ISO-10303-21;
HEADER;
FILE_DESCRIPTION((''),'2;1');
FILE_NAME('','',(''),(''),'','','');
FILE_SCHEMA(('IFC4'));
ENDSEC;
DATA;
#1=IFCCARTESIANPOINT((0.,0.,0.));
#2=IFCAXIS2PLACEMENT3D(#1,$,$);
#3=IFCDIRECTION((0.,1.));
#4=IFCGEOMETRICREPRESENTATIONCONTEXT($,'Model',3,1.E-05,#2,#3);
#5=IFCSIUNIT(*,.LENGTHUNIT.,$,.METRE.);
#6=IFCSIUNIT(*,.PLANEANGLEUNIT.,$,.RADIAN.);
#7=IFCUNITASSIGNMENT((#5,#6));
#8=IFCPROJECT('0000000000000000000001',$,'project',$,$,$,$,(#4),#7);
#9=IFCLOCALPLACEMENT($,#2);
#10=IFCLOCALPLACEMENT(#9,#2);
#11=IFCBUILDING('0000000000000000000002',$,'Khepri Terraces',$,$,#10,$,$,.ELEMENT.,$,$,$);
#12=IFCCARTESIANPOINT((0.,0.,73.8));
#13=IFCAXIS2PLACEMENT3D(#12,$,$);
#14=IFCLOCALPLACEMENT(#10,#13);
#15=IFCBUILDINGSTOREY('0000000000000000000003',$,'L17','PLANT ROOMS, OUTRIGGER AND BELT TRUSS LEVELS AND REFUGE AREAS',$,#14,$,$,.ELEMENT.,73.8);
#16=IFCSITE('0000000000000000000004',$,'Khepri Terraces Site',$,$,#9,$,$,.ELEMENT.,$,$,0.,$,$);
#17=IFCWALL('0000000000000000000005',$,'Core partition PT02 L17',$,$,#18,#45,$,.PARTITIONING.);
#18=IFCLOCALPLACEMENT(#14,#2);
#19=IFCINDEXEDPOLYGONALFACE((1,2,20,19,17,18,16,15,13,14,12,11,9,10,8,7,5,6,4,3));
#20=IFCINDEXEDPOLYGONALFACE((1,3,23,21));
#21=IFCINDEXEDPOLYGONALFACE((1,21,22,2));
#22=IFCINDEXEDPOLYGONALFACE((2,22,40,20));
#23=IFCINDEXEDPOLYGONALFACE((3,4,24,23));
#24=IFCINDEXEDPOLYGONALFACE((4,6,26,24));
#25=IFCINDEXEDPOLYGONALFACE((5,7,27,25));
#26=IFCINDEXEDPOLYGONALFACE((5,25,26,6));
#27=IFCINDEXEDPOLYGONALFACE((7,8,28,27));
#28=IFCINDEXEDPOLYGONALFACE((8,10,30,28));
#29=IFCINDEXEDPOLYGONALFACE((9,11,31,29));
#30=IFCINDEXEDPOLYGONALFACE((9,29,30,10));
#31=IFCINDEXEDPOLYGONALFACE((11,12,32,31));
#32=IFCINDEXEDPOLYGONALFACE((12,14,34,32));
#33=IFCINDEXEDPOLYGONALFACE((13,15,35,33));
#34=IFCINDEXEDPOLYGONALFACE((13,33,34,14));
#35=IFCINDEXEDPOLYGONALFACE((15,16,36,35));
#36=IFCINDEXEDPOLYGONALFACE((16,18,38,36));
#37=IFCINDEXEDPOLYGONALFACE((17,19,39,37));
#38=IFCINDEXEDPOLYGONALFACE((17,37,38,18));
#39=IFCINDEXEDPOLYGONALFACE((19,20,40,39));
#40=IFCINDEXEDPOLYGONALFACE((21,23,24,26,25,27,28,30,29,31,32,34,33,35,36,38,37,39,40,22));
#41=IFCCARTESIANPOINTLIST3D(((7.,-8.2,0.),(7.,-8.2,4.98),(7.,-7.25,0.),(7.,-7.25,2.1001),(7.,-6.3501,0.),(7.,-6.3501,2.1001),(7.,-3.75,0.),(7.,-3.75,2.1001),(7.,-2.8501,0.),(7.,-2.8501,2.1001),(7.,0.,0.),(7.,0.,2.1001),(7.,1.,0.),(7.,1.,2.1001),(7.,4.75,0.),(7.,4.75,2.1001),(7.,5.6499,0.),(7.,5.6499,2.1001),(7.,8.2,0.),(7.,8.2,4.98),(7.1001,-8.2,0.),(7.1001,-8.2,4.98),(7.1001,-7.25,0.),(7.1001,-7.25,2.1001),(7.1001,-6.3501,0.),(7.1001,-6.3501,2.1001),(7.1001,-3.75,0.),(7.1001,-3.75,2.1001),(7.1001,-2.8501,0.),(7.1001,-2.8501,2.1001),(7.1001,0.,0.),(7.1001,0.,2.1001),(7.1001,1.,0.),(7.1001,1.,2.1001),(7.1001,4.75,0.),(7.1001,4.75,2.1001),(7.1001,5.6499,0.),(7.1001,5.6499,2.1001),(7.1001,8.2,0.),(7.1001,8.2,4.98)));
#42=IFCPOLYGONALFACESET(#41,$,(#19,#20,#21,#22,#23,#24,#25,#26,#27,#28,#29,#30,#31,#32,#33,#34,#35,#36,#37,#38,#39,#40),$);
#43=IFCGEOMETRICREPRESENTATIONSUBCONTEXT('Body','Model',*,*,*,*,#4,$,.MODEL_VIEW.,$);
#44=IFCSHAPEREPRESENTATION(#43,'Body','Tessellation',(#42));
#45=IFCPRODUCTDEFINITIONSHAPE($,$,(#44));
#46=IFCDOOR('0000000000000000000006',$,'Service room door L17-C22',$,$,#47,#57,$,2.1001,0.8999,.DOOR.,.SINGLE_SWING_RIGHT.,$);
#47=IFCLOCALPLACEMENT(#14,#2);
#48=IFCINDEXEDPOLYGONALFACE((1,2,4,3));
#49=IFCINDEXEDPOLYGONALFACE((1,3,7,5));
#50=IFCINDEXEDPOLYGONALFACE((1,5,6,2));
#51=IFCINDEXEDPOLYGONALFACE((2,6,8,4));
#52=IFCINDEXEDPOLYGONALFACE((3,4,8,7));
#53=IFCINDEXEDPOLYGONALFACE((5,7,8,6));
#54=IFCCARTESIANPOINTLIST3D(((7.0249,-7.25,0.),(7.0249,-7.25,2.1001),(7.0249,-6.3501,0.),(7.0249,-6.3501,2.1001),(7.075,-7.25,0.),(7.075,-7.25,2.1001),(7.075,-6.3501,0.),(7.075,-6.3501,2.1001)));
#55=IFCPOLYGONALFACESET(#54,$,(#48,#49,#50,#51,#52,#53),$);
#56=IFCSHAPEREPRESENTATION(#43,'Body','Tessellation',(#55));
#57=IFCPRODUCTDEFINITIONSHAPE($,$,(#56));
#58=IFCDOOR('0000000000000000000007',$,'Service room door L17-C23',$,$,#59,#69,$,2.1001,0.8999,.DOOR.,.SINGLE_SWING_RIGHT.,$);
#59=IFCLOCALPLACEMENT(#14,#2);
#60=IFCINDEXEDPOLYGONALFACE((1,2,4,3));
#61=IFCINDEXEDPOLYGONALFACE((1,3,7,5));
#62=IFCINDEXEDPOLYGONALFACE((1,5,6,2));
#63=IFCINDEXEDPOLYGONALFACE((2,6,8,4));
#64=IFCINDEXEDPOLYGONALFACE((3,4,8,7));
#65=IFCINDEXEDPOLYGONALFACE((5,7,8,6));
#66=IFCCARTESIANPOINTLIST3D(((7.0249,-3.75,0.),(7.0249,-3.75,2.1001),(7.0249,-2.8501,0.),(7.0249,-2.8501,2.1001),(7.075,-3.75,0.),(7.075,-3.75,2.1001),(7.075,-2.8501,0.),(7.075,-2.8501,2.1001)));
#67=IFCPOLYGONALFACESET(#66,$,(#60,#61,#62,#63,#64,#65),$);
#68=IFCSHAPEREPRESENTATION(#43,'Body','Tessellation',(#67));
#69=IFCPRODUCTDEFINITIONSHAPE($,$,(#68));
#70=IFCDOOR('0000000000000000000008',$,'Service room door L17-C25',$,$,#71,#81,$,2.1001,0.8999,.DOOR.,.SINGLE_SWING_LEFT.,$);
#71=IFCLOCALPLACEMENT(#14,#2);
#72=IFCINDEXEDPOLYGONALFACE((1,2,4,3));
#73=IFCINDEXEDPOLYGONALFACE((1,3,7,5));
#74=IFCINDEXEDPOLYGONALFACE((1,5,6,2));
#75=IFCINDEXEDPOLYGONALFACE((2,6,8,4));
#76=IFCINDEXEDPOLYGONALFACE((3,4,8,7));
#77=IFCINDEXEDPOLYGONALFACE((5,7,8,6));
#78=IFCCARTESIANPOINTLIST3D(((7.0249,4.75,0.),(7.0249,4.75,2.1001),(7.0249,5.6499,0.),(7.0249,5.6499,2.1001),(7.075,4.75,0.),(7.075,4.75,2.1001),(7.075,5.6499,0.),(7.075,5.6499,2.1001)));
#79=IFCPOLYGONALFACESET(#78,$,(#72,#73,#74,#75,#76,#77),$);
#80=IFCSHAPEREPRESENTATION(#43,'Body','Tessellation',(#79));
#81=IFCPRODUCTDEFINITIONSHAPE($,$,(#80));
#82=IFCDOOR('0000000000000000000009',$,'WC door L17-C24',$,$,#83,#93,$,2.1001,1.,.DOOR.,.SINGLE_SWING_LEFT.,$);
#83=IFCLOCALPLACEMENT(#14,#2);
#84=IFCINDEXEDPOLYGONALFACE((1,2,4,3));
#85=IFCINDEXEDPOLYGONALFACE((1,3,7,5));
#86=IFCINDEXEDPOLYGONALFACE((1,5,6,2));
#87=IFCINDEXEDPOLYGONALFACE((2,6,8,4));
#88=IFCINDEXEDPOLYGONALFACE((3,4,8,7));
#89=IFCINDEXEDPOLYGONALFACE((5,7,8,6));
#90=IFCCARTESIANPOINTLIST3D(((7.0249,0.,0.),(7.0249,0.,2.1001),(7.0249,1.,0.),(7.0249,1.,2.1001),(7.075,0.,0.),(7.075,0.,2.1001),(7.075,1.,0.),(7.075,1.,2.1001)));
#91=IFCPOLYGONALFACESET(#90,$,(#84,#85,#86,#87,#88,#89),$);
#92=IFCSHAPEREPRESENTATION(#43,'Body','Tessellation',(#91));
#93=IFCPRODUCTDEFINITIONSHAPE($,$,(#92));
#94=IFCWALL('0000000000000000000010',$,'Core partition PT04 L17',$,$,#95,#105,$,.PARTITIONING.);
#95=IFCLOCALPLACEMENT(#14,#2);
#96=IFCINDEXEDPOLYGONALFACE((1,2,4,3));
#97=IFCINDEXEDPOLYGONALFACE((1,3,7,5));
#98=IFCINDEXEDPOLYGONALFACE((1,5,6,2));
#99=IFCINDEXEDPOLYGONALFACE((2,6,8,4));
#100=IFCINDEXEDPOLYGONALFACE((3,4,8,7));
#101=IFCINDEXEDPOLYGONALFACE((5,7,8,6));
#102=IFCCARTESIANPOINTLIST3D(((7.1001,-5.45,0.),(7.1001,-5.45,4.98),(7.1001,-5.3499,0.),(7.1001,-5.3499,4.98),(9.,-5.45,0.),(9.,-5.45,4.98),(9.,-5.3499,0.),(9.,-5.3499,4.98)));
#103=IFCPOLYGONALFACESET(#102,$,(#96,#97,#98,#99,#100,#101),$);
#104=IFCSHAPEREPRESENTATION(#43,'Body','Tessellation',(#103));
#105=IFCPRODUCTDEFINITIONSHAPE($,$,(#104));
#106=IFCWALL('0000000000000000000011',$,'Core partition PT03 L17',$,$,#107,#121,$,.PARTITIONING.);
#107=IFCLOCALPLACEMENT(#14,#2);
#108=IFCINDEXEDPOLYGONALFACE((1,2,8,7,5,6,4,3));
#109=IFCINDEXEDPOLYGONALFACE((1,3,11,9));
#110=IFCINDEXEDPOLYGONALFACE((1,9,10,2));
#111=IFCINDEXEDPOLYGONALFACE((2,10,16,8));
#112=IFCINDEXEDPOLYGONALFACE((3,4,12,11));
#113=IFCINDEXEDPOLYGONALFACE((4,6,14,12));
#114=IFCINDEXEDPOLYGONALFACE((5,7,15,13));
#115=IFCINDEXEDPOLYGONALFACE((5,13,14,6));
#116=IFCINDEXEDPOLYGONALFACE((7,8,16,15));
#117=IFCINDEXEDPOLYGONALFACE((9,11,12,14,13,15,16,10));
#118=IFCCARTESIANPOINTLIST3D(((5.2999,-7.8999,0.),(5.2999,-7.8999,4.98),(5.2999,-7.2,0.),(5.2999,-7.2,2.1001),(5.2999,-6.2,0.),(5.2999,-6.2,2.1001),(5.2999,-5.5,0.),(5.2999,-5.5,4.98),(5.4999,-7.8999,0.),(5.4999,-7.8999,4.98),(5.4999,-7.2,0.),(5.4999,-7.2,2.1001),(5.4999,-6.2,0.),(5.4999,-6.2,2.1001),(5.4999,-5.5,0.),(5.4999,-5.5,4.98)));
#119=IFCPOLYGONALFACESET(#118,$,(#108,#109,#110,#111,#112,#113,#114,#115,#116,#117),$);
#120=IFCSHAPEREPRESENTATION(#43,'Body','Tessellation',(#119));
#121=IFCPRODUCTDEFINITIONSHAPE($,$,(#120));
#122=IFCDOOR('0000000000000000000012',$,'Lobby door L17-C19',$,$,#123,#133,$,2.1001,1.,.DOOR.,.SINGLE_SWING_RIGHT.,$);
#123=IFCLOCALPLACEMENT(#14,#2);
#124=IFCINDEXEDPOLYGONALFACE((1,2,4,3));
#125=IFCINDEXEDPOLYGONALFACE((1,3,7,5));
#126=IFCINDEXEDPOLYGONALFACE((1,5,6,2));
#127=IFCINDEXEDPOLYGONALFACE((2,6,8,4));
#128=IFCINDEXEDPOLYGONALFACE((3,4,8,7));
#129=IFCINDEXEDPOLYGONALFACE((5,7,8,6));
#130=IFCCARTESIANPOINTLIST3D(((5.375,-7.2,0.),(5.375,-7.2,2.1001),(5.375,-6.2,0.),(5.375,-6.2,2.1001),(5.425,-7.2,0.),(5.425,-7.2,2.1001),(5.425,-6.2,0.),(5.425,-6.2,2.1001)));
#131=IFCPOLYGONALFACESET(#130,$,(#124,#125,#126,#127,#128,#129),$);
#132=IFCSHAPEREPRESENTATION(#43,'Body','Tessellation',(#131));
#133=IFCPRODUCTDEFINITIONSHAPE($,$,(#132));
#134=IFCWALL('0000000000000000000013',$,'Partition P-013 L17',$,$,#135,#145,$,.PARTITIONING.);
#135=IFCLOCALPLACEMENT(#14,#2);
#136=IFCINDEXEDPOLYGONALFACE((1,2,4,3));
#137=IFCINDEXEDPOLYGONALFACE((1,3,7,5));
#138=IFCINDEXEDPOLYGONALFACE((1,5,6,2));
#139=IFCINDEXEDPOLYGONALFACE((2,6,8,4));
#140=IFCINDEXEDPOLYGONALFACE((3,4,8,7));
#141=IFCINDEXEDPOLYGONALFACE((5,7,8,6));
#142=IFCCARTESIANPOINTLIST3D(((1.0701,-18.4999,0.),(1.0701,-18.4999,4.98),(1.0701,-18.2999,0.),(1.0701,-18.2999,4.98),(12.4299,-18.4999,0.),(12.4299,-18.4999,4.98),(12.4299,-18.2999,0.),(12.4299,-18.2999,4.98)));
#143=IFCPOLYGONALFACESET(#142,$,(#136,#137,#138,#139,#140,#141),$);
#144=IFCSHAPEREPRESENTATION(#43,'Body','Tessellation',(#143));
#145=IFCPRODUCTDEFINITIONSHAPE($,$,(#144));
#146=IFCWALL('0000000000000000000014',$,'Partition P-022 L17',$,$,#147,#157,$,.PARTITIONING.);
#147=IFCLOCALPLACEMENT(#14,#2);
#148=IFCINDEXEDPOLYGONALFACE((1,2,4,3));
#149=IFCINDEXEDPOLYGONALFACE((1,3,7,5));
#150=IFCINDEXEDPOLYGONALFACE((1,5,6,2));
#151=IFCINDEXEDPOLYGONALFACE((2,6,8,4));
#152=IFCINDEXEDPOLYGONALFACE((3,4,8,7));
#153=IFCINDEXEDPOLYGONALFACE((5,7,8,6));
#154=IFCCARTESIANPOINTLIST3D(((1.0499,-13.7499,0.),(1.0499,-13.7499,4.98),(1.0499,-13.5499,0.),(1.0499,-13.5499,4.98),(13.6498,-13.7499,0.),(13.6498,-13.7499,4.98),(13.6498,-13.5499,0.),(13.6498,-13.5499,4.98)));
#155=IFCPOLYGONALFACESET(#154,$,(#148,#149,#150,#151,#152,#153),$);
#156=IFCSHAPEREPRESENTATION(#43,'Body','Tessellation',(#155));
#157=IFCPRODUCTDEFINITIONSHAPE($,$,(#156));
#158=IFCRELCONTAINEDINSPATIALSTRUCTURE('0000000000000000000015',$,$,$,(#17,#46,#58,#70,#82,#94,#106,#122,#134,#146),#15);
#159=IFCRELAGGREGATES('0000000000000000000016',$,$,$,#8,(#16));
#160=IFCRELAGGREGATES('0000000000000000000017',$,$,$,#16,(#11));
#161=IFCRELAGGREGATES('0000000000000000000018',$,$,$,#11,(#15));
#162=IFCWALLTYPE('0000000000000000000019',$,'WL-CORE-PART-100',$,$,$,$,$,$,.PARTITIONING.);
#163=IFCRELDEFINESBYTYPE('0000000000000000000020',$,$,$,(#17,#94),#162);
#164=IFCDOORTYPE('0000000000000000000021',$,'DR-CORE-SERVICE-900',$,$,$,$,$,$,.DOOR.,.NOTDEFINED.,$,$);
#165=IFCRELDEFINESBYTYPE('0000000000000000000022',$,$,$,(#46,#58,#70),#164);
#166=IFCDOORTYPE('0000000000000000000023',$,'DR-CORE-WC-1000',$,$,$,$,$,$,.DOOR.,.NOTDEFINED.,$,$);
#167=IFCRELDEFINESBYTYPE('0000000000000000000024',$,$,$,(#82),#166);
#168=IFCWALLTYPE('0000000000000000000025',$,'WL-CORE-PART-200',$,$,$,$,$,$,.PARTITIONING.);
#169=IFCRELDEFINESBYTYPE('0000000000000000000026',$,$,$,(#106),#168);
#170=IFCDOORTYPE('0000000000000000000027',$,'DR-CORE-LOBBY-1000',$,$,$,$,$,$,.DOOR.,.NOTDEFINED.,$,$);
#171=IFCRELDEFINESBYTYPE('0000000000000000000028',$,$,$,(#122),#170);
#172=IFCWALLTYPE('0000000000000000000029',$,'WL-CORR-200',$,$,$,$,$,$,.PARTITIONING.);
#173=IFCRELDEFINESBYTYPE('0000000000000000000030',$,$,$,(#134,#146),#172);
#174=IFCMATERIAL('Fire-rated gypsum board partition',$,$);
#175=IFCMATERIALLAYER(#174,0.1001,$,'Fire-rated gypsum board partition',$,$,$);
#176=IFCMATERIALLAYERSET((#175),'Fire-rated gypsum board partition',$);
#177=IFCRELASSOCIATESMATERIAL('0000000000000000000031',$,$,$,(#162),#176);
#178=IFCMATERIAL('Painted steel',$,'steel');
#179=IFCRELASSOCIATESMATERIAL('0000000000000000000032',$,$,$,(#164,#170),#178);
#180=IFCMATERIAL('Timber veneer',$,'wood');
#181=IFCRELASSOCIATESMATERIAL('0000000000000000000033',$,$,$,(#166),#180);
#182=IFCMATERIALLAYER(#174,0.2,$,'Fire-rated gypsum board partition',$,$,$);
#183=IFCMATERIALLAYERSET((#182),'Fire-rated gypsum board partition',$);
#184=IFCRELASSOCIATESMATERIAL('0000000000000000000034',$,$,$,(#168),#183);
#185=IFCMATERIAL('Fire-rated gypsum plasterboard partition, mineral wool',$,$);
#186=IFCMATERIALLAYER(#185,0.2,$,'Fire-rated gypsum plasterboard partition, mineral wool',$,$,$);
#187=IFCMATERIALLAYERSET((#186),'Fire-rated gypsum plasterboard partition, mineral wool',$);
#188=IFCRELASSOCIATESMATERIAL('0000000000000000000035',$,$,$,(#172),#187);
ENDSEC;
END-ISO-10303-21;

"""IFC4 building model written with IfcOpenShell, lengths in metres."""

from ifc_helpers import new_model, si_unit, direction, frame, frame_2d, origin, place, context, subcontext, project, spatial, rectangle, extrude, material, layer, layer_set, type_object, element, fill, save


model = new_model("IFC4")

# Units and contexts
model_context = context("Model", 3, precision=1e-05, world=origin(), true_north=direction((0.0, 1.0)))
body_context = subcontext(model_context, "Body", "Model", "MODEL_VIEW")
ifc_project = project(units=[si_unit("LENGTHUNIT", "METRE"), si_unit("PLANEANGLEUNIT", "RADIAN")], contexts=[model_context])

# Site, building, storey
site_placement = place(None, origin())
site = spatial("IfcSite", under=ifc_project, at=site_placement, Name="Khepri Terraces Site", CompositionType="ELEMENT", RefElevation=0.0)
building_placement = place(site_placement, origin())
building = spatial("IfcBuilding", under=site, at=building_placement, Name="Khepri Terraces", CompositionType="ELEMENT")
storey_placement = place(building_placement, frame((0.0, 0.0, 73.8)))
storey = spatial("IfcBuildingStorey", under=building, at=storey_placement, Name="L17", Description="PLANT ROOMS, OUTRIGGER AND BELT TRUSS LEVELS AND REFUGE AREAS", CompositionType="ELEMENT", Elevation=73.8)

# Shared definitions
ifc_material_1 = material(Name="Painted steel", Category="steel")

# Wall, openings, doors
ifc_material_2 = material(Name="Fire-rated gypsum board partition")
ifc_layer_1 = layer(ifc_material_2, 0.1001, Name="Fire-rated gypsum board partition")
ifc_layer_set_1 = layer_set([ifc_layer_1], Name="Fire-rated gypsum board partition")
wall_type_1 = type_object("IfcWallType", Name="WL-CORE-PART-100", PredefinedType="PARTITIONING", material=ifc_layer_set_1)
wall_1_placement = place(storey_placement, frame((7.05, -8.2, 0.0), z_axis=(0.0, 0.0, 1.0), x_axis=(0.0, 1.0, 0.0)))
wall_1 = element("IfcWall", 1, at=wall_1_placement, inside=storey, type_object=wall_type_1, Name="Core partition PT02 L17", PredefinedType="PARTITIONING", context=body_context, shape_type="SweptSolid", body=[
    extrude(rectangle(XDim=16.3999, YDim=0.1001, at=frame_2d((8.2, 0.0))), origin(), (0.0, 0.0, 1.0), 4.98),
])
opening_1_placement = place(wall_1_placement, frame((0.95, 0.0, 0.0)))
opening_1 = element("IfcOpeningElement", 2, at=opening_1_placement, cuts=wall_1, PredefinedType="OPENING", context=body_context, shape_type="SweptSolid", body=[
    extrude(rectangle(XDim=0.8999, YDim=2.1001, at=frame_2d((0.45, 1.05))), frame((0.0, 0.0601, 0.0), z_axis=(0.0, -1.0, 0.0), x_axis=(1.0, 0.0, 0.0)), (0.0, 0.0, 1.0), 0.1201),
])
opening_2_placement = place(wall_1_placement, frame((4.45, 0.0, 0.0)))
opening_2 = element("IfcOpeningElement", 3, at=opening_2_placement, cuts=wall_1, PredefinedType="OPENING", context=body_context, shape_type="SweptSolid", body=[
    extrude(rectangle(XDim=0.8999, YDim=2.1001, at=frame_2d((0.45, 1.05))), frame((0.0, 0.0601, 0.0), z_axis=(0.0, -1.0, 0.0), x_axis=(1.0, 0.0, 0.0)), (0.0, 0.0, 1.0), 0.1201),
])
opening_3_placement = place(wall_1_placement, frame((8.2, 0.0, 0.0)))
opening_3 = element("IfcOpeningElement", 4, at=opening_3_placement, cuts=wall_1, PredefinedType="OPENING", context=body_context, shape_type="SweptSolid", body=[
    extrude(rectangle(XDim=1.0, YDim=2.1001, at=frame_2d((0.5, 1.05))), frame((0.0, 0.0601, 0.0), z_axis=(0.0, -1.0, 0.0), x_axis=(1.0, 0.0, 0.0)), (0.0, 0.0, 1.0), 0.1201),
])
opening_4_placement = place(wall_1_placement, frame((12.95, 0.0, 0.0)))
opening_4 = element("IfcOpeningElement", 5, at=opening_4_placement, cuts=wall_1, PredefinedType="OPENING", context=body_context, shape_type="SweptSolid", body=[
    extrude(rectangle(XDim=0.8999, YDim=2.1001, at=frame_2d((0.45, 1.05))), frame((0.0, 0.0601, 0.0), z_axis=(0.0, -1.0, 0.0), x_axis=(1.0, 0.0, 0.0)), (0.0, 0.0, 1.0), 0.1201),
])
door_type_1 = type_object("IfcDoorType", Name="DR-CORE-SERVICE-900", OperationType="NOTDEFINED", PredefinedType="DOOR", material=ifc_material_1)
door_1_placement = place(opening_1_placement, frame((0.8999, 0.0, 0.0), z_axis=(0.0, 0.0, 1.0), x_axis=(-1.0, 0.0, 0.0)))
door_1 = element("IfcDoor", 6, at=door_1_placement, inside=storey, type_object=door_type_1, Name="Service room door L17-C22", OperationType="SINGLE_SWING_RIGHT", OverallHeight=2.1001, OverallWidth=0.8999, PredefinedType="DOOR", context=body_context, shape_type="SweptSolid", body=[
    extrude(rectangle(XDim=0.8999, YDim=2.1001, at=frame_2d((0.45, 1.05))), frame((0.0, 0.0249, 0.0), z_axis=(0.0, -1.0, 0.0), x_axis=(1.0, 0.0, 0.0)), (0.0, 0.0, 1.0), 0.05),
])
fill(opening_1, door_1)
door_2_placement = place(opening_2_placement, frame((0.8999, 0.0, 0.0), z_axis=(0.0, 0.0, 1.0), x_axis=(-1.0, 0.0, 0.0)))
door_2 = element("IfcDoor", 7, at=door_2_placement, inside=storey, type_object=door_type_1, Name="Service room door L17-C23", OperationType="SINGLE_SWING_RIGHT", OverallHeight=2.1001, OverallWidth=0.8999, PredefinedType="DOOR", context=body_context, shape_type="SweptSolid", body=[
    extrude(rectangle(XDim=0.8999, YDim=2.1001, at=frame_2d((0.45, 1.05))), frame((0.0, 0.0249, 0.0), z_axis=(0.0, -1.0, 0.0), x_axis=(1.0, 0.0, 0.0)), (0.0, 0.0, 1.0), 0.05),
])
fill(opening_2, door_2)
door_3_placement = place(opening_4_placement, frame((0.8999, 0.0, 0.0), z_axis=(0.0, 0.0, 1.0), x_axis=(-1.0, 0.0, 0.0)))
door_3 = element("IfcDoor", 8, at=door_3_placement, inside=storey, type_object=door_type_1, Name="Service room door L17-C25", OperationType="SINGLE_SWING_LEFT", OverallHeight=2.1001, OverallWidth=0.8999, PredefinedType="DOOR", context=body_context, shape_type="SweptSolid", body=[
    extrude(rectangle(XDim=0.8999, YDim=2.1001, at=frame_2d((0.45, 1.05))), frame((0.0, 0.0249, 0.0), z_axis=(0.0, -1.0, 0.0), x_axis=(1.0, 0.0, 0.0)), (0.0, 0.0, 1.0), 0.05),
])
fill(opening_4, door_3)
ifc_material_3 = material(Name="Timber veneer", Category="wood")
door_type_2 = type_object("IfcDoorType", Name="DR-CORE-WC-1000", OperationType="NOTDEFINED", PredefinedType="DOOR", material=ifc_material_3)
door_4_placement = place(opening_3_placement, frame((1.0, 0.0, 0.0), z_axis=(0.0, 0.0, 1.0), x_axis=(-1.0, 0.0, 0.0)))
door_4 = element("IfcDoor", 9, at=door_4_placement, inside=storey, type_object=door_type_2, Name="WC door L17-C24", OperationType="SINGLE_SWING_LEFT", OverallHeight=2.1001, OverallWidth=1.0, PredefinedType="DOOR", context=body_context, shape_type="SweptSolid", body=[
    extrude(rectangle(XDim=1.0, YDim=2.1001, at=frame_2d((0.5, 1.05))), frame((0.0, 0.0249, 0.0), z_axis=(0.0, -1.0, 0.0), x_axis=(1.0, 0.0, 0.0)), (0.0, 0.0, 1.0), 0.05),
])
fill(opening_3, door_4)

# Wall
wall_2_placement = place(storey_placement, frame((7.1001, -5.3999, 0.0), z_axis=(0.0, 0.0, 1.0), x_axis=(1.0, 0.0, 0.0)))
element("IfcWall", 10, at=wall_2_placement, inside=storey, type_object=wall_type_1, Name="Core partition PT04 L17", PredefinedType="PARTITIONING", context=body_context, shape_type="SweptSolid", body=[
    extrude(rectangle(XDim=1.8999, YDim=0.1001, at=frame_2d((0.95, 0.0))), origin(), (0.0, 0.0, 1.0), 4.98),
])

# Wall, opening, door
ifc_layer_2 = layer(ifc_material_2, 0.2, Name="Fire-rated gypsum board partition")
ifc_layer_set_2 = layer_set([ifc_layer_2], Name="Fire-rated gypsum board partition")
wall_type_2 = type_object("IfcWallType", Name="WL-CORE-PART-200", PredefinedType="PARTITIONING", material=ifc_layer_set_2)
wall_3_placement = place(storey_placement, frame((5.3999, -7.8999, 0.0), z_axis=(0.0, 0.0, 1.0), x_axis=(0.0, 1.0, 0.0)))
wall_3 = element("IfcWall", 11, at=wall_3_placement, inside=storey, type_object=wall_type_2, Name="Core partition PT03 L17", PredefinedType="PARTITIONING", context=body_context, shape_type="SweptSolid", body=[
    extrude(rectangle(XDim=2.3999, YDim=0.2, at=frame_2d((1.2, 0.0))), origin(), (0.0, 0.0, 1.0), 4.98),
])
opening_5_placement = place(wall_3_placement, frame((0.7, 0.0, 0.0)))
opening_5 = element("IfcOpeningElement", 12, at=opening_5_placement, cuts=wall_3, PredefinedType="OPENING", context=body_context, shape_type="SweptSolid", body=[
    extrude(rectangle(XDim=1.0, YDim=2.1001, at=frame_2d((0.5, 1.05))), frame((0.0, 0.1099, 0.0), z_axis=(0.0, -1.0, 0.0), x_axis=(1.0, 0.0, 0.0)), (0.0, 0.0, 1.0), 0.22),
])
door_type_3 = type_object("IfcDoorType", Name="DR-CORE-LOBBY-1000", OperationType="NOTDEFINED", PredefinedType="DOOR", material=ifc_material_1)
door_5_placement = place(opening_5_placement, origin())
door_5 = element("IfcDoor", 13, at=door_5_placement, inside=storey, type_object=door_type_3, Name="Lobby door L17-C19", OperationType="SINGLE_SWING_RIGHT", OverallHeight=2.1001, OverallWidth=1.0, PredefinedType="DOOR", context=body_context, shape_type="SweptSolid", body=[
    extrude(rectangle(XDim=1.0, YDim=2.1001, at=frame_2d((0.5, 1.05))), frame((0.0, 0.0249, 0.0), z_axis=(0.0, -1.0, 0.0), x_axis=(1.0, 0.0, 0.0)), (0.0, 0.0, 1.0), 0.05),
])
fill(opening_5, door_5)

# Walls
ifc_material_4 = material(Name="Fire-rated gypsum plasterboard partition, mineral wool")
ifc_layer_3 = layer(ifc_material_4, 0.2, Name="Fire-rated gypsum plasterboard partition, mineral wool")
ifc_layer_set_3 = layer_set([ifc_layer_3], Name="Fire-rated gypsum plasterboard partition, mineral wool")
wall_type_3 = type_object("IfcWallType", Name="WL-CORR-200", PredefinedType="PARTITIONING", material=ifc_layer_set_3)
wall_4_placement = place(storey_placement, frame((1.0701, -18.3999, 0.0), z_axis=(0.0, 0.0, 1.0), x_axis=(1.0, 0.0, 0.0)))
element("IfcWall", 14, at=wall_4_placement, inside=storey, type_object=wall_type_3, Name="Partition P-013 L17", PredefinedType="PARTITIONING", context=body_context, shape_type="SweptSolid", body=[
    extrude(rectangle(XDim=11.3599, YDim=0.2, at=frame_2d((5.6799, 0.0))), origin(), (0.0, 0.0, 1.0), 4.98),
])
wall_5_placement = place(storey_placement, frame((1.05, -13.6499, 0.0), z_axis=(0.0, 0.0, 1.0), x_axis=(1.0, 0.0, 0.0)))
element("IfcWall", 15, at=wall_5_placement, inside=storey, type_object=wall_type_3, Name="Partition P-022 L17", PredefinedType="PARTITIONING", context=body_context, shape_type="SweptSolid", body=[
    extrude(rectangle(XDim=12.5999, YDim=0.2, at=frame_2d((6.2998, 0.0))), origin(), (0.0, 0.0, 1.0), 4.98),
])

save(model, "model.ifc")
